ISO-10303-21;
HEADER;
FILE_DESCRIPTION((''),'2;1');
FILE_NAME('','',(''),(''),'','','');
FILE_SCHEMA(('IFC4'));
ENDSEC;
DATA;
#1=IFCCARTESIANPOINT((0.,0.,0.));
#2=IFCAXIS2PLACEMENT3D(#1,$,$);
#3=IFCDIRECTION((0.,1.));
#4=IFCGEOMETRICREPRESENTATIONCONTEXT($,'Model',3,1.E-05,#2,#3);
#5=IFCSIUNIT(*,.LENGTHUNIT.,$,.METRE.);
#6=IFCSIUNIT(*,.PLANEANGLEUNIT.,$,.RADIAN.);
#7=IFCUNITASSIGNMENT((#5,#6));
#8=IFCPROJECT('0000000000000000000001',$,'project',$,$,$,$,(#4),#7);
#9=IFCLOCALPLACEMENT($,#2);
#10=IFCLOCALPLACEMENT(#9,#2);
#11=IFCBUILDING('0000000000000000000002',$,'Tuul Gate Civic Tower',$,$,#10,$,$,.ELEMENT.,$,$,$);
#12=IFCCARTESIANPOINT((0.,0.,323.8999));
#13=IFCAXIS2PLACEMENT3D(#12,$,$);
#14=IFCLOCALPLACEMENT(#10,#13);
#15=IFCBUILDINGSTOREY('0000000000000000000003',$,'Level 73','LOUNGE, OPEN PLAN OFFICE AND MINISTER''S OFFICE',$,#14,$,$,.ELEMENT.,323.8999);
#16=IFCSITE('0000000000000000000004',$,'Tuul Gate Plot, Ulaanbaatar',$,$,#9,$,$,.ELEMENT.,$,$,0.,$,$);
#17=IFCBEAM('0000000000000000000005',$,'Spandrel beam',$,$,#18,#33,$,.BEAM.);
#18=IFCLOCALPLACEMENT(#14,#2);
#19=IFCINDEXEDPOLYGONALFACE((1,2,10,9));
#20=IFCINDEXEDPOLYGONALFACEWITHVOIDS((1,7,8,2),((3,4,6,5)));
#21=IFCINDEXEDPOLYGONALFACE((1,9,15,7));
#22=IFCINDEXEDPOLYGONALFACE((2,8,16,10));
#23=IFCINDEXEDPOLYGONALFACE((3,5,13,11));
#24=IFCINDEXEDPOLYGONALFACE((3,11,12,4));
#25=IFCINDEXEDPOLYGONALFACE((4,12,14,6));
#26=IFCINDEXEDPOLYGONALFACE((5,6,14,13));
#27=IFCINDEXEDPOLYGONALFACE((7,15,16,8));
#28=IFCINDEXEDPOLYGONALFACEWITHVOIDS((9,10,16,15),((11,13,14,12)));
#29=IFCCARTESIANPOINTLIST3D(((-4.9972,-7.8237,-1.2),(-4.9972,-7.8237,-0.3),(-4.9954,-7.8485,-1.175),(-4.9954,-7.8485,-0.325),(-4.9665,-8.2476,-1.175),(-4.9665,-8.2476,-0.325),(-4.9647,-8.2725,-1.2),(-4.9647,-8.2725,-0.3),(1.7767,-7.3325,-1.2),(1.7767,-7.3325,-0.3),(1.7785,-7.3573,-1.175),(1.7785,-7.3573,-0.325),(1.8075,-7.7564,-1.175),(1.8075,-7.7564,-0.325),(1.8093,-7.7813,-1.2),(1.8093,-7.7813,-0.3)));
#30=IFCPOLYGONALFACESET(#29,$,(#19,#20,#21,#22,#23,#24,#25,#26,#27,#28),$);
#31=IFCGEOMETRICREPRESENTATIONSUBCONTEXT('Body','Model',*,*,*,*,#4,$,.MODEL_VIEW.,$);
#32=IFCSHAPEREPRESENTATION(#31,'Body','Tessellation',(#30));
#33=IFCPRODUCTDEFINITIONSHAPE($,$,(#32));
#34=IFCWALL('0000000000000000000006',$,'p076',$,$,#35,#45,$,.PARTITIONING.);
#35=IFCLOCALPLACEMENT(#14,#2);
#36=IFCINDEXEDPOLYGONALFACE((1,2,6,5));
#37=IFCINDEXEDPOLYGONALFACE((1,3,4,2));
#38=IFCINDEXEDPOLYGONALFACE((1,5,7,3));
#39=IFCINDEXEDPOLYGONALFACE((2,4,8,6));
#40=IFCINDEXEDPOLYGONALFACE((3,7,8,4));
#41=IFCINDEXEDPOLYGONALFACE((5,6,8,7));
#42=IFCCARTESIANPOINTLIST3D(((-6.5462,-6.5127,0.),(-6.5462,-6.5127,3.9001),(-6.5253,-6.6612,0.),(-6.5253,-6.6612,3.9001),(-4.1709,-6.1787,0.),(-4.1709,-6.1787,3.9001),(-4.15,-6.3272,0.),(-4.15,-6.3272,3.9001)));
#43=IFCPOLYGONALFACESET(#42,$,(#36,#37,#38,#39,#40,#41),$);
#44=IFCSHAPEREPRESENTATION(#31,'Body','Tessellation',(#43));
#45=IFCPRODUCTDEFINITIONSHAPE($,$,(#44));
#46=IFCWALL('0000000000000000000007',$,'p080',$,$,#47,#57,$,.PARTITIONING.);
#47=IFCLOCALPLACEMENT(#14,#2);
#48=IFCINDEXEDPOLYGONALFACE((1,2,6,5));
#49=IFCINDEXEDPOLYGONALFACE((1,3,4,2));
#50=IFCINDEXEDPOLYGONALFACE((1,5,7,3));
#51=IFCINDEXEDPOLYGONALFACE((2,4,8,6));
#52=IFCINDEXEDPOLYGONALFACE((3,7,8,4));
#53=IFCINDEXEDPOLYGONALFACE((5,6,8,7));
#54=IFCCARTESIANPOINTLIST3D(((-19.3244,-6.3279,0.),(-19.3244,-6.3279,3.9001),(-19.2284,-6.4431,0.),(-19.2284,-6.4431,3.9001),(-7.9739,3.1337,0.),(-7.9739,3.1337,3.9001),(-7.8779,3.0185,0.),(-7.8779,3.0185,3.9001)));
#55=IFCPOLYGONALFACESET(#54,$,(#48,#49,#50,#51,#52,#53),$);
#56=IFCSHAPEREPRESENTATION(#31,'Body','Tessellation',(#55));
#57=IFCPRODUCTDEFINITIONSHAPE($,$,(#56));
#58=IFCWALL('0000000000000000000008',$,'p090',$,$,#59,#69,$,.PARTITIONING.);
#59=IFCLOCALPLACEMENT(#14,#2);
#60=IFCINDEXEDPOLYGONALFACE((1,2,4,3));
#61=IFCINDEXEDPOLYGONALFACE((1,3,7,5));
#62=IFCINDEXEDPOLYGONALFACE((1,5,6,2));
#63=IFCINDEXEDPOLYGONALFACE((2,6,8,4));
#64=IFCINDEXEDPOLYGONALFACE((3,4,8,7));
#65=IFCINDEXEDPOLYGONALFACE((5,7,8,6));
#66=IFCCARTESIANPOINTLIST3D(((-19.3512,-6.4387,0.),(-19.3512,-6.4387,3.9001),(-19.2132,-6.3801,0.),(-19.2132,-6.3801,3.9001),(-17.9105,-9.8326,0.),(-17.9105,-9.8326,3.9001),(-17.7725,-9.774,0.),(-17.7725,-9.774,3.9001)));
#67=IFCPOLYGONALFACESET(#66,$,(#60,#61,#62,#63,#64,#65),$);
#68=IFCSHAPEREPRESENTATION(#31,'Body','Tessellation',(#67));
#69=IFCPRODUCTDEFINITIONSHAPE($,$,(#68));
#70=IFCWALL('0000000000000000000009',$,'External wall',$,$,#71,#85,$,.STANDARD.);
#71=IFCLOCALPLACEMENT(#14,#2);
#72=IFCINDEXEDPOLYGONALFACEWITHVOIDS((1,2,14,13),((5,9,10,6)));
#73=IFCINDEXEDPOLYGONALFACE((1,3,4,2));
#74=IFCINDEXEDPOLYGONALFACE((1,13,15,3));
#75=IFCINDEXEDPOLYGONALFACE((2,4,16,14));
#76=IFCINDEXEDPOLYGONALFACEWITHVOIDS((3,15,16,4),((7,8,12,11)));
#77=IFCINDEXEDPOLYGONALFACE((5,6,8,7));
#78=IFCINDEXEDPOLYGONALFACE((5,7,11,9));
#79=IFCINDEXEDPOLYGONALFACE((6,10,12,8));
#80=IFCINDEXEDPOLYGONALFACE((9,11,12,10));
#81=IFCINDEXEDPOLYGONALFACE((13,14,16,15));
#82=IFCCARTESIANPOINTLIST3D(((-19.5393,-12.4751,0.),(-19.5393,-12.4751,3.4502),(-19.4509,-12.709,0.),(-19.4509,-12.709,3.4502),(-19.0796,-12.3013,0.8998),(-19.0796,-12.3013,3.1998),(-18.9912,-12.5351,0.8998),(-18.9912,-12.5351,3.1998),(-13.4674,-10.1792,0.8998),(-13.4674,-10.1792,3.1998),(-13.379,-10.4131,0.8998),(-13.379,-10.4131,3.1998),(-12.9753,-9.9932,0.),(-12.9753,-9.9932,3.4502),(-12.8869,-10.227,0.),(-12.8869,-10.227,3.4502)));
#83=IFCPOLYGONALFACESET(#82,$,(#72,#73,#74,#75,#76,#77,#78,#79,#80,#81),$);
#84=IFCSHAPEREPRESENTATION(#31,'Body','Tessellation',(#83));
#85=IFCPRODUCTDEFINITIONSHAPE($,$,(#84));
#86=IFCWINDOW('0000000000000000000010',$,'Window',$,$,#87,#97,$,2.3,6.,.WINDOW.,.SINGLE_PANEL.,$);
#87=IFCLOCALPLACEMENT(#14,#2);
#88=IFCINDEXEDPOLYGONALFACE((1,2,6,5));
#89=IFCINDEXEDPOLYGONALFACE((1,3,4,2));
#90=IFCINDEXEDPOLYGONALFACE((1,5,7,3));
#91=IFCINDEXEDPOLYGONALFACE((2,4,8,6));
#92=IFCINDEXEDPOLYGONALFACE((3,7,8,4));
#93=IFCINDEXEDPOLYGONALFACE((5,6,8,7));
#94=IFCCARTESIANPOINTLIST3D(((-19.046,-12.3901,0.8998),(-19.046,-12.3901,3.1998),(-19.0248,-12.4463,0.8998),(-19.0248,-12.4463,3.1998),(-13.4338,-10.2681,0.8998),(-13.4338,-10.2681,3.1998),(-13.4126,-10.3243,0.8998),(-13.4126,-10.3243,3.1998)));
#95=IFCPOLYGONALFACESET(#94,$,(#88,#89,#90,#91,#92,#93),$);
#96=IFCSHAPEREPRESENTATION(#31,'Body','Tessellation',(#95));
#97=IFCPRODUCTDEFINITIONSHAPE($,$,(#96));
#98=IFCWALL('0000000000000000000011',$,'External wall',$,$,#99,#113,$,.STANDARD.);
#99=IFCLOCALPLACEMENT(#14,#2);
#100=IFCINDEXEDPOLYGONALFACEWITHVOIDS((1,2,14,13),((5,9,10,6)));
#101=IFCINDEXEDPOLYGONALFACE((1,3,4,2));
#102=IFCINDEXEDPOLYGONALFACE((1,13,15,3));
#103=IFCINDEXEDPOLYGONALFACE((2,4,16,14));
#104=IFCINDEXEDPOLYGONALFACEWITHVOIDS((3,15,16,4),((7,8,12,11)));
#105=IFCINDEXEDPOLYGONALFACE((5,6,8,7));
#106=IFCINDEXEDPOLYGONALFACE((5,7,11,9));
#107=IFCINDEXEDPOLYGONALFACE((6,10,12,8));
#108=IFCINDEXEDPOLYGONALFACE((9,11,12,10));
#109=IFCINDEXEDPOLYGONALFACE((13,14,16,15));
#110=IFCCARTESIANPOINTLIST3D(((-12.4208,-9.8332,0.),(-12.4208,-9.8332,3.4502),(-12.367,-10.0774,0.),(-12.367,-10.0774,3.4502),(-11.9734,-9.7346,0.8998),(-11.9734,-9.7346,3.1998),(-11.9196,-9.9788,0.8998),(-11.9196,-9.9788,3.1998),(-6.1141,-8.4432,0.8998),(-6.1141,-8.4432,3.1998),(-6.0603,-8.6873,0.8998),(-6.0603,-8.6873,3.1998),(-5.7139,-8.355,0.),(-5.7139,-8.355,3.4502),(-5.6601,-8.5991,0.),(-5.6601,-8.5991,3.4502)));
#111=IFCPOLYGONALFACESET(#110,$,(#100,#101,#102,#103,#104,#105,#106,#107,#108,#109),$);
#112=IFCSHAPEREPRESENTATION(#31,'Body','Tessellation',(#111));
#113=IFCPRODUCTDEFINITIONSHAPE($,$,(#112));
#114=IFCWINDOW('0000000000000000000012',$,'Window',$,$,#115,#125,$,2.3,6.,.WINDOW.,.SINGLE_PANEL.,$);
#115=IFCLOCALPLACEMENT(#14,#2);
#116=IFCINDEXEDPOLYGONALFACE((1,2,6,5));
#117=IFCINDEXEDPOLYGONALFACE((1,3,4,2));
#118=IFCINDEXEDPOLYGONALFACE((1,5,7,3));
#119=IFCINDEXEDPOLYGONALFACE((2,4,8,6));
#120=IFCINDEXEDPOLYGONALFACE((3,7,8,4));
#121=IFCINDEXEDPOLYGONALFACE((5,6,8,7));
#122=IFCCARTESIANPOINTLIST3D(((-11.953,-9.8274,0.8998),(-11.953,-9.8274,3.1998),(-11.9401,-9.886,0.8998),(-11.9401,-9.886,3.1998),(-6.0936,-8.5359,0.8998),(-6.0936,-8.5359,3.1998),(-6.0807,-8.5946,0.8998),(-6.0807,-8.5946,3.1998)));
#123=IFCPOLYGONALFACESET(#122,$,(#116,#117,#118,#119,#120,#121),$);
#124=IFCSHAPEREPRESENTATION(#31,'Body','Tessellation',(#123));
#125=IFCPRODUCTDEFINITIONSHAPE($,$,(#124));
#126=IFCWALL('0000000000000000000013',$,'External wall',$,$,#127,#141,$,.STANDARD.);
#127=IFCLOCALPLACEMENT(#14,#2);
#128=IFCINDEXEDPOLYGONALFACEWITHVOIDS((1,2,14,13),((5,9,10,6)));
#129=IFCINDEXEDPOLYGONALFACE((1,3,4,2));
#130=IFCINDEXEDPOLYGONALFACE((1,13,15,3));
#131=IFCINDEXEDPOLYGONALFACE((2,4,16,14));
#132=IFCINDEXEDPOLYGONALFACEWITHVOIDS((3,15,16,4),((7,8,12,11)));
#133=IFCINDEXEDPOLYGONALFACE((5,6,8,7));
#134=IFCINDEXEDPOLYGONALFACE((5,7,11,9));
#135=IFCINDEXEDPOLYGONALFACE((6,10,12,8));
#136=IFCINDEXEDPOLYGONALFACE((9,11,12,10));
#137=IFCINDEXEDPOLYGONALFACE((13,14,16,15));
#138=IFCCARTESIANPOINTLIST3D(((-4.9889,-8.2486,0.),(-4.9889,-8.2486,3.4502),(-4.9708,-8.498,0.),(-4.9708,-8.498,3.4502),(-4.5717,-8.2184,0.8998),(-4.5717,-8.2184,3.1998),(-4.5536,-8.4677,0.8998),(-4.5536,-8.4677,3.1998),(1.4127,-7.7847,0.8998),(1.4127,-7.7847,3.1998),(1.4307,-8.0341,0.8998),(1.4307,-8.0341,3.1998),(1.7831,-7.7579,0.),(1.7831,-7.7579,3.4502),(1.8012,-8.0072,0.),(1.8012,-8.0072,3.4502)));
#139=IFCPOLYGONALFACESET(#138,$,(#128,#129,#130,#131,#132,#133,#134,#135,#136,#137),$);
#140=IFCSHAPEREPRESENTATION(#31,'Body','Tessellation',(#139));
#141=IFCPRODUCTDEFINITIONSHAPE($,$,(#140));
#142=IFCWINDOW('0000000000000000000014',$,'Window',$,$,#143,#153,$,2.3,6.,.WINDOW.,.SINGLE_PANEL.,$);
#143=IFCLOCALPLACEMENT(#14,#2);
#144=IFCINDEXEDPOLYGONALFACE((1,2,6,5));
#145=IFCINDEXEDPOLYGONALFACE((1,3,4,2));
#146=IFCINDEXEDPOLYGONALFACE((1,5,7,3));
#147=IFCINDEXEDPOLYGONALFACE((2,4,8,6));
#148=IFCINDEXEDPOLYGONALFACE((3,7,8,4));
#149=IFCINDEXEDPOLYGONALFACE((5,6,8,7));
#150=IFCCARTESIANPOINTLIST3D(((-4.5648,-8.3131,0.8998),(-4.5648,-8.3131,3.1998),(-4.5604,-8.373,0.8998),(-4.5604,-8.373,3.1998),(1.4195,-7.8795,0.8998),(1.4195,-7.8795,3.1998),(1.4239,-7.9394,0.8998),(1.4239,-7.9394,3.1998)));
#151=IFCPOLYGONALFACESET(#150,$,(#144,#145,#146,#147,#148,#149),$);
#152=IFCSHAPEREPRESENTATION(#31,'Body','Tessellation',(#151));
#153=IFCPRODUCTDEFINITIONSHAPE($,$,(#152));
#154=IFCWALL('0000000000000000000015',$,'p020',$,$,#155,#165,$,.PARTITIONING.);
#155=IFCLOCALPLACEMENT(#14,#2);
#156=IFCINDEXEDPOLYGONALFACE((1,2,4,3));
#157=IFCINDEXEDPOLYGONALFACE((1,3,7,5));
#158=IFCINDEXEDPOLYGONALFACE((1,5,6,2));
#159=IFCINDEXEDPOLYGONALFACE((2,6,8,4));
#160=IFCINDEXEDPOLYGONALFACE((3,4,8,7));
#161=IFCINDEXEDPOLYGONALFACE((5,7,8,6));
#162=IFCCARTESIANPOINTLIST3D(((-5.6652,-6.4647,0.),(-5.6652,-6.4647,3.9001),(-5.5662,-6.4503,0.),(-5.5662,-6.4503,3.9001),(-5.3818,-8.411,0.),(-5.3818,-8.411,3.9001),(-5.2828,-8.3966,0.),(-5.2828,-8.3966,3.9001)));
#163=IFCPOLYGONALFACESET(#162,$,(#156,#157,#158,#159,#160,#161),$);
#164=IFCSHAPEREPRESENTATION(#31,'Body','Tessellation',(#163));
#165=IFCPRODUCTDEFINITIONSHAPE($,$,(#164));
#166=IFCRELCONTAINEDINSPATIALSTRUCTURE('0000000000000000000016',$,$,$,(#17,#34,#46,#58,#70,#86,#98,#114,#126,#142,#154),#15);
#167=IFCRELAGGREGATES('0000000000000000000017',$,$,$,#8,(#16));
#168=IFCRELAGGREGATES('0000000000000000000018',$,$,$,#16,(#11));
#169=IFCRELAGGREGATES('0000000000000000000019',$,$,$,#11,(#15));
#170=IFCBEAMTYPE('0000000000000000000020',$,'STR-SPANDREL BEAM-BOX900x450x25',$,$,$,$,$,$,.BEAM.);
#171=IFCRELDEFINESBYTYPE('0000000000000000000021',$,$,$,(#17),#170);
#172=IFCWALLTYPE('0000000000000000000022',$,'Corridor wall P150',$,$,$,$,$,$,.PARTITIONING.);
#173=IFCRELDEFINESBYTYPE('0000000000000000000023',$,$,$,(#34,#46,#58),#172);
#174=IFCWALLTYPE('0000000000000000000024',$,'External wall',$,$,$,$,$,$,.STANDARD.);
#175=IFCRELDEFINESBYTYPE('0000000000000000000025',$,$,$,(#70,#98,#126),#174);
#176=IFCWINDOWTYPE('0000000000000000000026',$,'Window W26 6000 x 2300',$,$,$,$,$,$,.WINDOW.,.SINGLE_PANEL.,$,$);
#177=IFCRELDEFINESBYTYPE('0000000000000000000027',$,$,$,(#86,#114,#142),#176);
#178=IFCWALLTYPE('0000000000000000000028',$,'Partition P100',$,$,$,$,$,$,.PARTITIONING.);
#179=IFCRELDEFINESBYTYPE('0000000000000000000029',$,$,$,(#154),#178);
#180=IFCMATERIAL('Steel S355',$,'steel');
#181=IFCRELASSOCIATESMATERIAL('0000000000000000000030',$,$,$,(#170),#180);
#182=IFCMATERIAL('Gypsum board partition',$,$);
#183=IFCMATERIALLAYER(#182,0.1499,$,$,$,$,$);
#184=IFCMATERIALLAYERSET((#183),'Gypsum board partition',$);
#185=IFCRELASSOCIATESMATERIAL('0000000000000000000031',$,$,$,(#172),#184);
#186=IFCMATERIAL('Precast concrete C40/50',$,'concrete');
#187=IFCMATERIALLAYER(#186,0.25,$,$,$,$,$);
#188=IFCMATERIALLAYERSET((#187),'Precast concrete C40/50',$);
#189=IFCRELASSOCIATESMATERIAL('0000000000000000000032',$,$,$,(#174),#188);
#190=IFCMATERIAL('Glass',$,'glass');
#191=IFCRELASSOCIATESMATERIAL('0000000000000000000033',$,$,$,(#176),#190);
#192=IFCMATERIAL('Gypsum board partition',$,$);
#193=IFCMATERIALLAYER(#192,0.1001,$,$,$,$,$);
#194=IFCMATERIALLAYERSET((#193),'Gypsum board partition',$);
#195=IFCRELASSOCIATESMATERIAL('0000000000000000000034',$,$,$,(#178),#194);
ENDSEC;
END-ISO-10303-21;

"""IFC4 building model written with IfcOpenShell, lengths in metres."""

from ifc_helpers import new_model, si_unit, direction, frame, frame_2d, origin, origin_2d, place, context, subcontext, project, spatial, rectangle, hollow_rectangle, extrude, material, layer, layer_set, material_profile, profile_set, type_object, element, fill, save


model = new_model("IFC4")

# Units and contexts
model_context = context("Model", 3, precision=1e-05, world=origin(), true_north=direction((0.0, 1.0)))
body_context = subcontext(model_context, "Body", "Model", "MODEL_VIEW")
ifc_project = project(units=[si_unit("LENGTHUNIT", "METRE"), si_unit("PLANEANGLEUNIT", "RADIAN")], contexts=[model_context])

# Site, building, storey
site_placement = place(None, origin())
site = spatial("IfcSite", under=ifc_project, at=site_placement, Name="Tuul Gate Plot, Ulaanbaatar", CompositionType="ELEMENT", RefElevation=0.0)
building_placement = place(site_placement, origin())
building = spatial("IfcBuilding", under=site, at=building_placement, Name="Tuul Gate Civic Tower", CompositionType="ELEMENT")
storey_placement = place(building_placement, frame((0.0, 0.0, 323.8999)))
storey = spatial("IfcBuildingStorey", under=building, at=storey_placement, Name="Level 73", Description="LOUNGE, OPEN PLAN OFFICE AND MINISTER'S OFFICE", CompositionType="ELEMENT", Elevation=323.8999)

# Beam
ifc_material_1 = material(Name="Steel S355", Category="steel")
ifc_material_profile_1 = material_profile(ifc_material_1, hollow_rectangle(XDim=0.45, YDim=0.8999, WallThickness=0.0249, at=origin_2d()), Name="BOX900x450x25")
ifc_profile_set_1 = profile_set([ifc_material_profile_1], Name="Steel S355")
beam_type_1 = type_object("IfcBeamType", Name="STR-SPANDREL BEAM-BOX900x450x25", PredefinedType="BEAM", material=ifc_profile_set_1)
beam_1_placement = place(storey_placement, frame((-4.981, -8.0481, -0.75), z_axis=(0.997381, 0.072325, 0.0), x_axis=(-0.072325, 0.997381, 0.0)))
element("IfcBeam", 1, at=beam_1_placement, inside=storey, type_object=beam_type_1, Name="Spandrel beam", PredefinedType="BEAM", context=body_context, shape_type="SweptSolid", body=[
    extrude(hollow_rectangle(XDim=0.45, YDim=0.8999, WallThickness=0.0249, at=origin_2d()), origin(), (0.0, 0.0, 1.0), 6.7917),
])

# Walls
ifc_material_2 = material(Name="Gypsum board partition")
ifc_layer_1 = layer(ifc_material_2, 0.1499)
ifc_layer_set_1 = layer_set([ifc_layer_1], Name="Gypsum board partition")
wall_type_1 = type_object("IfcWallType", Name="Corridor wall P150", PredefinedType="PARTITIONING", material=ifc_layer_set_1)
wall_1_placement = place(storey_placement, frame((-6.5356, -6.5869, 0.0), z_axis=(0.0, 0.0, 1.0), x_axis=(0.990259, 0.139241, 0.0)))
element("IfcWall", 2, at=wall_1_placement, inside=storey, type_object=wall_type_1, Name="p076", PredefinedType="PARTITIONING", context=body_context, shape_type="SweptSolid", body=[
    extrude(rectangle(XDim=2.3987, YDim=0.1499, at=frame_2d((1.1992, 0.0))), origin(), (0.0, 0.0, 1.0), 3.9001),
])
wall_2_placement = place(storey_placement, frame((-19.2764, -6.3855, 0.0), z_axis=(0.0, 0.0, 1.0), x_axis=(0.768126, 0.640298, 0.0)))
element("IfcWall", 3, at=wall_2_placement, inside=storey, type_object=wall_type_1, Name="p080", PredefinedType="PARTITIONING", context=body_context, shape_type="SweptSolid", body=[
    extrude(rectangle(XDim=14.7769, YDim=0.1499, at=frame_2d((7.3884, 0.0))), origin(), (0.0, 0.0, 1.0), 3.9001),
])
wall_3_placement = place(storey_placement, frame((-19.2822, -6.4094, 0.0), z_axis=(0.0, 0.0, 1.0), x_axis=(0.390752, -0.920496, 0.0)))
element("IfcWall", 4, at=wall_3_placement, inside=storey, type_object=wall_type_1, Name="p090", PredefinedType="PARTITIONING", context=body_context, shape_type="SweptSolid", body=[
    extrude(rectangle(XDim=3.687, YDim=0.1499, at=frame_2d((1.8435, 0.0))), origin(), (0.0, 0.0, 1.0), 3.9001),
])

# Walls, openings, windows
ifc_material_3 = material(Name="Precast concrete C40/50", Category="concrete")
ifc_layer_2 = layer(ifc_material_3, 0.25)
ifc_layer_set_2 = layer_set([ifc_layer_2], Name="Precast concrete C40/50")
wall_type_2 = type_object("IfcWallType", Name="External wall", PredefinedType="STANDARD", material=ifc_layer_set_2)
wall_4_placement = place(storey_placement, frame((-19.4951, -12.592, 0.0), z_axis=(0.0, 0.0, 1.0), x_axis=(0.935368, 0.353677, 0.0)))
wall_4 = element("IfcWall", 5, at=wall_4_placement, inside=storey, type_object=wall_type_2, Name="External wall", PredefinedType="STANDARD", context=body_context, shape_type="SweptSolid", body=[
    extrude(rectangle(XDim=7.0176, YDim=0.25, at=frame_2d((3.5088, 0.0))), origin(), (0.0, 0.0, 1.0), 3.4502),
])
opening_1_placement = place(wall_4_placement, frame((0.4915, 0.0, 0.8999)))
opening_1 = element("IfcOpeningElement", 6, at=opening_1_placement, cuts=wall_4, PredefinedType="OPENING", context=body_context, shape_type="SweptSolid", body=[
    extrude(rectangle(XDim=6.0, YDim=2.3, at=frame_2d((3.0, 1.1499))), frame((0.0, 0.135, 0.0), z_axis=(0.0, -1.0, 0.0), x_axis=(1.0, 0.0, 0.0)), (0.0, 0.0, 1.0), 0.27),
])
ifc_material_4 = material(Name="Glass", Category="glass")
window_type = type_object("IfcWindowType", Name="Window W26 6000 x 2300", PartitioningType="SINGLE_PANEL", PredefinedType="WINDOW", material=ifc_material_4)
window_1_placement = place(opening_1_placement, origin())
window_1 = element("IfcWindow", 7, at=window_1_placement, inside=storey, type_object=window_type, Name="Window", OverallHeight=2.3, OverallWidth=6.0, PartitioningType="SINGLE_PANEL", PredefinedType="WINDOW", context=body_context, shape_type="SweptSolid", body=[
    extrude(rectangle(XDim=6.0, YDim=2.3, at=frame_2d((3.0, 1.1499))), frame((0.0, 0.03, 0.0), z_axis=(0.0, -1.0, 0.0), x_axis=(1.0, 0.0, 0.0)), (0.0, 0.0, 1.0), 0.0601),
])
fill(opening_1, window_1)
wall_5_placement = place(storey_placement, frame((-12.394, -9.9553, 0.0), z_axis=(0.0, 0.0, 1.0), x_axis=(0.976561, 0.21524, 0.0)))
wall_5 = element("IfcWall", 8, at=wall_5_placement, inside=storey, type_object=wall_type_2, Name="External wall", PredefinedType="STANDARD", context=body_context, shape_type="SweptSolid", body=[
    extrude(rectangle(XDim=6.8679, YDim=0.25, at=frame_2d((3.4341, 0.0))), origin(), (0.0, 0.0, 1.0), 3.4502),
])
opening_2_placement = place(wall_5_placement, frame((0.4583, 0.0, 0.8999)))
opening_2 = element("IfcOpeningElement", 9, at=opening_2_placement, cuts=wall_5, PredefinedType="OPENING", context=body_context, shape_type="SweptSolid", body=[
    extrude(rectangle(XDim=6.0, YDim=2.3, at=frame_2d((3.0, 1.1499))), frame((0.0, 0.135, 0.0), z_axis=(0.0, -1.0, 0.0), x_axis=(1.0, 0.0, 0.0)), (0.0, 0.0, 1.0), 0.27),
])
window_2_placement = place(opening_2_placement, origin())
window_2 = element("IfcWindow", 10, at=window_2_placement, inside=storey, type_object=window_type, Name="Window", OverallHeight=2.3, OverallWidth=6.0, PartitioningType="SINGLE_PANEL", PredefinedType="WINDOW", context=body_context, shape_type="SweptSolid", body=[
    extrude(rectangle(XDim=6.0, YDim=2.3, at=frame_2d((3.0, 1.1499))), frame((0.0, 0.03, 0.0), z_axis=(0.0, -1.0, 0.0), x_axis=(1.0, 0.0, 0.0)), (0.0, 0.0, 1.0), 0.0601),
])
fill(opening_2, window_2)
wall_6_placement = place(storey_placement, frame((-4.98, -8.3733, 0.0), z_axis=(0.0, 0.0, 1.0), x_axis=(0.997385, 0.072274, 0.0)))
wall_6 = element("IfcWall", 11, at=wall_6_placement, inside=storey, type_object=wall_type_2, Name="External wall", PredefinedType="STANDARD", context=body_context, shape_type="SweptSolid", body=[
    extrude(rectangle(XDim=6.7898, YDim=0.25, at=frame_2d((3.395, 0.0))), origin(), (0.0, 0.0, 1.0), 3.4502),
])
opening_3_placement = place(wall_6_placement, frame((0.4185, 0.0, 0.8999)))
opening_3 = element("IfcOpeningElement", 12, at=opening_3_placement, cuts=wall_6, PredefinedType="OPENING", context=body_context, shape_type="SweptSolid", body=[
    extrude(rectangle(XDim=6.0, YDim=2.3, at=frame_2d((3.0, 1.1499))), frame((0.0, 0.135, 0.0), z_axis=(0.0, -1.0, 0.0), x_axis=(1.0, 0.0, 0.0)), (0.0, 0.0, 1.0), 0.27),
])
window_3_placement = place(opening_3_placement, origin())
window_3 = element("IfcWindow", 13, at=window_3_placement, inside=storey, type_object=window_type, Name="Window", OverallHeight=2.3, OverallWidth=6.0, PartitioningType="SINGLE_PANEL", PredefinedType="WINDOW", context=body_context, shape_type="SweptSolid", body=[
    extrude(rectangle(XDim=6.0, YDim=2.3, at=frame_2d((3.0, 1.1499))), frame((0.0, 0.03, 0.0), z_axis=(0.0, -1.0, 0.0), x_axis=(1.0, 0.0, 0.0)), (0.0, 0.0, 1.0), 0.0601),
])
fill(opening_3, window_3)

# Wall
ifc_material_5 = material(Name="Gypsum board partition")
ifc_layer_3 = layer(ifc_material_5, 0.1001)
ifc_layer_set_3 = layer_set([ifc_layer_3], Name="Gypsum board partition")
wall_type_3 = type_object("IfcWallType", Name="Partition P100", PredefinedType="PARTITIONING", material=ifc_layer_set_3)
wall_7_placement = place(storey_placement, frame((-5.6157, -6.4575, 0.0), z_axis=(0.0, 0.0, 1.0), x_axis=(0.144114, -0.989561, 0.0)))
element("IfcWall", 14, at=wall_7_placement, inside=storey, type_object=wall_type_3, Name="p020", PredefinedType="PARTITIONING", context=body_context, shape_type="SweptSolid", body=[
    extrude(rectangle(XDim=1.9668, YDim=0.1001, at=frame_2d((0.9834, 0.0))), origin(), (0.0, 0.0, 1.0), 3.9001),
])

save(model, "model.ifc")
